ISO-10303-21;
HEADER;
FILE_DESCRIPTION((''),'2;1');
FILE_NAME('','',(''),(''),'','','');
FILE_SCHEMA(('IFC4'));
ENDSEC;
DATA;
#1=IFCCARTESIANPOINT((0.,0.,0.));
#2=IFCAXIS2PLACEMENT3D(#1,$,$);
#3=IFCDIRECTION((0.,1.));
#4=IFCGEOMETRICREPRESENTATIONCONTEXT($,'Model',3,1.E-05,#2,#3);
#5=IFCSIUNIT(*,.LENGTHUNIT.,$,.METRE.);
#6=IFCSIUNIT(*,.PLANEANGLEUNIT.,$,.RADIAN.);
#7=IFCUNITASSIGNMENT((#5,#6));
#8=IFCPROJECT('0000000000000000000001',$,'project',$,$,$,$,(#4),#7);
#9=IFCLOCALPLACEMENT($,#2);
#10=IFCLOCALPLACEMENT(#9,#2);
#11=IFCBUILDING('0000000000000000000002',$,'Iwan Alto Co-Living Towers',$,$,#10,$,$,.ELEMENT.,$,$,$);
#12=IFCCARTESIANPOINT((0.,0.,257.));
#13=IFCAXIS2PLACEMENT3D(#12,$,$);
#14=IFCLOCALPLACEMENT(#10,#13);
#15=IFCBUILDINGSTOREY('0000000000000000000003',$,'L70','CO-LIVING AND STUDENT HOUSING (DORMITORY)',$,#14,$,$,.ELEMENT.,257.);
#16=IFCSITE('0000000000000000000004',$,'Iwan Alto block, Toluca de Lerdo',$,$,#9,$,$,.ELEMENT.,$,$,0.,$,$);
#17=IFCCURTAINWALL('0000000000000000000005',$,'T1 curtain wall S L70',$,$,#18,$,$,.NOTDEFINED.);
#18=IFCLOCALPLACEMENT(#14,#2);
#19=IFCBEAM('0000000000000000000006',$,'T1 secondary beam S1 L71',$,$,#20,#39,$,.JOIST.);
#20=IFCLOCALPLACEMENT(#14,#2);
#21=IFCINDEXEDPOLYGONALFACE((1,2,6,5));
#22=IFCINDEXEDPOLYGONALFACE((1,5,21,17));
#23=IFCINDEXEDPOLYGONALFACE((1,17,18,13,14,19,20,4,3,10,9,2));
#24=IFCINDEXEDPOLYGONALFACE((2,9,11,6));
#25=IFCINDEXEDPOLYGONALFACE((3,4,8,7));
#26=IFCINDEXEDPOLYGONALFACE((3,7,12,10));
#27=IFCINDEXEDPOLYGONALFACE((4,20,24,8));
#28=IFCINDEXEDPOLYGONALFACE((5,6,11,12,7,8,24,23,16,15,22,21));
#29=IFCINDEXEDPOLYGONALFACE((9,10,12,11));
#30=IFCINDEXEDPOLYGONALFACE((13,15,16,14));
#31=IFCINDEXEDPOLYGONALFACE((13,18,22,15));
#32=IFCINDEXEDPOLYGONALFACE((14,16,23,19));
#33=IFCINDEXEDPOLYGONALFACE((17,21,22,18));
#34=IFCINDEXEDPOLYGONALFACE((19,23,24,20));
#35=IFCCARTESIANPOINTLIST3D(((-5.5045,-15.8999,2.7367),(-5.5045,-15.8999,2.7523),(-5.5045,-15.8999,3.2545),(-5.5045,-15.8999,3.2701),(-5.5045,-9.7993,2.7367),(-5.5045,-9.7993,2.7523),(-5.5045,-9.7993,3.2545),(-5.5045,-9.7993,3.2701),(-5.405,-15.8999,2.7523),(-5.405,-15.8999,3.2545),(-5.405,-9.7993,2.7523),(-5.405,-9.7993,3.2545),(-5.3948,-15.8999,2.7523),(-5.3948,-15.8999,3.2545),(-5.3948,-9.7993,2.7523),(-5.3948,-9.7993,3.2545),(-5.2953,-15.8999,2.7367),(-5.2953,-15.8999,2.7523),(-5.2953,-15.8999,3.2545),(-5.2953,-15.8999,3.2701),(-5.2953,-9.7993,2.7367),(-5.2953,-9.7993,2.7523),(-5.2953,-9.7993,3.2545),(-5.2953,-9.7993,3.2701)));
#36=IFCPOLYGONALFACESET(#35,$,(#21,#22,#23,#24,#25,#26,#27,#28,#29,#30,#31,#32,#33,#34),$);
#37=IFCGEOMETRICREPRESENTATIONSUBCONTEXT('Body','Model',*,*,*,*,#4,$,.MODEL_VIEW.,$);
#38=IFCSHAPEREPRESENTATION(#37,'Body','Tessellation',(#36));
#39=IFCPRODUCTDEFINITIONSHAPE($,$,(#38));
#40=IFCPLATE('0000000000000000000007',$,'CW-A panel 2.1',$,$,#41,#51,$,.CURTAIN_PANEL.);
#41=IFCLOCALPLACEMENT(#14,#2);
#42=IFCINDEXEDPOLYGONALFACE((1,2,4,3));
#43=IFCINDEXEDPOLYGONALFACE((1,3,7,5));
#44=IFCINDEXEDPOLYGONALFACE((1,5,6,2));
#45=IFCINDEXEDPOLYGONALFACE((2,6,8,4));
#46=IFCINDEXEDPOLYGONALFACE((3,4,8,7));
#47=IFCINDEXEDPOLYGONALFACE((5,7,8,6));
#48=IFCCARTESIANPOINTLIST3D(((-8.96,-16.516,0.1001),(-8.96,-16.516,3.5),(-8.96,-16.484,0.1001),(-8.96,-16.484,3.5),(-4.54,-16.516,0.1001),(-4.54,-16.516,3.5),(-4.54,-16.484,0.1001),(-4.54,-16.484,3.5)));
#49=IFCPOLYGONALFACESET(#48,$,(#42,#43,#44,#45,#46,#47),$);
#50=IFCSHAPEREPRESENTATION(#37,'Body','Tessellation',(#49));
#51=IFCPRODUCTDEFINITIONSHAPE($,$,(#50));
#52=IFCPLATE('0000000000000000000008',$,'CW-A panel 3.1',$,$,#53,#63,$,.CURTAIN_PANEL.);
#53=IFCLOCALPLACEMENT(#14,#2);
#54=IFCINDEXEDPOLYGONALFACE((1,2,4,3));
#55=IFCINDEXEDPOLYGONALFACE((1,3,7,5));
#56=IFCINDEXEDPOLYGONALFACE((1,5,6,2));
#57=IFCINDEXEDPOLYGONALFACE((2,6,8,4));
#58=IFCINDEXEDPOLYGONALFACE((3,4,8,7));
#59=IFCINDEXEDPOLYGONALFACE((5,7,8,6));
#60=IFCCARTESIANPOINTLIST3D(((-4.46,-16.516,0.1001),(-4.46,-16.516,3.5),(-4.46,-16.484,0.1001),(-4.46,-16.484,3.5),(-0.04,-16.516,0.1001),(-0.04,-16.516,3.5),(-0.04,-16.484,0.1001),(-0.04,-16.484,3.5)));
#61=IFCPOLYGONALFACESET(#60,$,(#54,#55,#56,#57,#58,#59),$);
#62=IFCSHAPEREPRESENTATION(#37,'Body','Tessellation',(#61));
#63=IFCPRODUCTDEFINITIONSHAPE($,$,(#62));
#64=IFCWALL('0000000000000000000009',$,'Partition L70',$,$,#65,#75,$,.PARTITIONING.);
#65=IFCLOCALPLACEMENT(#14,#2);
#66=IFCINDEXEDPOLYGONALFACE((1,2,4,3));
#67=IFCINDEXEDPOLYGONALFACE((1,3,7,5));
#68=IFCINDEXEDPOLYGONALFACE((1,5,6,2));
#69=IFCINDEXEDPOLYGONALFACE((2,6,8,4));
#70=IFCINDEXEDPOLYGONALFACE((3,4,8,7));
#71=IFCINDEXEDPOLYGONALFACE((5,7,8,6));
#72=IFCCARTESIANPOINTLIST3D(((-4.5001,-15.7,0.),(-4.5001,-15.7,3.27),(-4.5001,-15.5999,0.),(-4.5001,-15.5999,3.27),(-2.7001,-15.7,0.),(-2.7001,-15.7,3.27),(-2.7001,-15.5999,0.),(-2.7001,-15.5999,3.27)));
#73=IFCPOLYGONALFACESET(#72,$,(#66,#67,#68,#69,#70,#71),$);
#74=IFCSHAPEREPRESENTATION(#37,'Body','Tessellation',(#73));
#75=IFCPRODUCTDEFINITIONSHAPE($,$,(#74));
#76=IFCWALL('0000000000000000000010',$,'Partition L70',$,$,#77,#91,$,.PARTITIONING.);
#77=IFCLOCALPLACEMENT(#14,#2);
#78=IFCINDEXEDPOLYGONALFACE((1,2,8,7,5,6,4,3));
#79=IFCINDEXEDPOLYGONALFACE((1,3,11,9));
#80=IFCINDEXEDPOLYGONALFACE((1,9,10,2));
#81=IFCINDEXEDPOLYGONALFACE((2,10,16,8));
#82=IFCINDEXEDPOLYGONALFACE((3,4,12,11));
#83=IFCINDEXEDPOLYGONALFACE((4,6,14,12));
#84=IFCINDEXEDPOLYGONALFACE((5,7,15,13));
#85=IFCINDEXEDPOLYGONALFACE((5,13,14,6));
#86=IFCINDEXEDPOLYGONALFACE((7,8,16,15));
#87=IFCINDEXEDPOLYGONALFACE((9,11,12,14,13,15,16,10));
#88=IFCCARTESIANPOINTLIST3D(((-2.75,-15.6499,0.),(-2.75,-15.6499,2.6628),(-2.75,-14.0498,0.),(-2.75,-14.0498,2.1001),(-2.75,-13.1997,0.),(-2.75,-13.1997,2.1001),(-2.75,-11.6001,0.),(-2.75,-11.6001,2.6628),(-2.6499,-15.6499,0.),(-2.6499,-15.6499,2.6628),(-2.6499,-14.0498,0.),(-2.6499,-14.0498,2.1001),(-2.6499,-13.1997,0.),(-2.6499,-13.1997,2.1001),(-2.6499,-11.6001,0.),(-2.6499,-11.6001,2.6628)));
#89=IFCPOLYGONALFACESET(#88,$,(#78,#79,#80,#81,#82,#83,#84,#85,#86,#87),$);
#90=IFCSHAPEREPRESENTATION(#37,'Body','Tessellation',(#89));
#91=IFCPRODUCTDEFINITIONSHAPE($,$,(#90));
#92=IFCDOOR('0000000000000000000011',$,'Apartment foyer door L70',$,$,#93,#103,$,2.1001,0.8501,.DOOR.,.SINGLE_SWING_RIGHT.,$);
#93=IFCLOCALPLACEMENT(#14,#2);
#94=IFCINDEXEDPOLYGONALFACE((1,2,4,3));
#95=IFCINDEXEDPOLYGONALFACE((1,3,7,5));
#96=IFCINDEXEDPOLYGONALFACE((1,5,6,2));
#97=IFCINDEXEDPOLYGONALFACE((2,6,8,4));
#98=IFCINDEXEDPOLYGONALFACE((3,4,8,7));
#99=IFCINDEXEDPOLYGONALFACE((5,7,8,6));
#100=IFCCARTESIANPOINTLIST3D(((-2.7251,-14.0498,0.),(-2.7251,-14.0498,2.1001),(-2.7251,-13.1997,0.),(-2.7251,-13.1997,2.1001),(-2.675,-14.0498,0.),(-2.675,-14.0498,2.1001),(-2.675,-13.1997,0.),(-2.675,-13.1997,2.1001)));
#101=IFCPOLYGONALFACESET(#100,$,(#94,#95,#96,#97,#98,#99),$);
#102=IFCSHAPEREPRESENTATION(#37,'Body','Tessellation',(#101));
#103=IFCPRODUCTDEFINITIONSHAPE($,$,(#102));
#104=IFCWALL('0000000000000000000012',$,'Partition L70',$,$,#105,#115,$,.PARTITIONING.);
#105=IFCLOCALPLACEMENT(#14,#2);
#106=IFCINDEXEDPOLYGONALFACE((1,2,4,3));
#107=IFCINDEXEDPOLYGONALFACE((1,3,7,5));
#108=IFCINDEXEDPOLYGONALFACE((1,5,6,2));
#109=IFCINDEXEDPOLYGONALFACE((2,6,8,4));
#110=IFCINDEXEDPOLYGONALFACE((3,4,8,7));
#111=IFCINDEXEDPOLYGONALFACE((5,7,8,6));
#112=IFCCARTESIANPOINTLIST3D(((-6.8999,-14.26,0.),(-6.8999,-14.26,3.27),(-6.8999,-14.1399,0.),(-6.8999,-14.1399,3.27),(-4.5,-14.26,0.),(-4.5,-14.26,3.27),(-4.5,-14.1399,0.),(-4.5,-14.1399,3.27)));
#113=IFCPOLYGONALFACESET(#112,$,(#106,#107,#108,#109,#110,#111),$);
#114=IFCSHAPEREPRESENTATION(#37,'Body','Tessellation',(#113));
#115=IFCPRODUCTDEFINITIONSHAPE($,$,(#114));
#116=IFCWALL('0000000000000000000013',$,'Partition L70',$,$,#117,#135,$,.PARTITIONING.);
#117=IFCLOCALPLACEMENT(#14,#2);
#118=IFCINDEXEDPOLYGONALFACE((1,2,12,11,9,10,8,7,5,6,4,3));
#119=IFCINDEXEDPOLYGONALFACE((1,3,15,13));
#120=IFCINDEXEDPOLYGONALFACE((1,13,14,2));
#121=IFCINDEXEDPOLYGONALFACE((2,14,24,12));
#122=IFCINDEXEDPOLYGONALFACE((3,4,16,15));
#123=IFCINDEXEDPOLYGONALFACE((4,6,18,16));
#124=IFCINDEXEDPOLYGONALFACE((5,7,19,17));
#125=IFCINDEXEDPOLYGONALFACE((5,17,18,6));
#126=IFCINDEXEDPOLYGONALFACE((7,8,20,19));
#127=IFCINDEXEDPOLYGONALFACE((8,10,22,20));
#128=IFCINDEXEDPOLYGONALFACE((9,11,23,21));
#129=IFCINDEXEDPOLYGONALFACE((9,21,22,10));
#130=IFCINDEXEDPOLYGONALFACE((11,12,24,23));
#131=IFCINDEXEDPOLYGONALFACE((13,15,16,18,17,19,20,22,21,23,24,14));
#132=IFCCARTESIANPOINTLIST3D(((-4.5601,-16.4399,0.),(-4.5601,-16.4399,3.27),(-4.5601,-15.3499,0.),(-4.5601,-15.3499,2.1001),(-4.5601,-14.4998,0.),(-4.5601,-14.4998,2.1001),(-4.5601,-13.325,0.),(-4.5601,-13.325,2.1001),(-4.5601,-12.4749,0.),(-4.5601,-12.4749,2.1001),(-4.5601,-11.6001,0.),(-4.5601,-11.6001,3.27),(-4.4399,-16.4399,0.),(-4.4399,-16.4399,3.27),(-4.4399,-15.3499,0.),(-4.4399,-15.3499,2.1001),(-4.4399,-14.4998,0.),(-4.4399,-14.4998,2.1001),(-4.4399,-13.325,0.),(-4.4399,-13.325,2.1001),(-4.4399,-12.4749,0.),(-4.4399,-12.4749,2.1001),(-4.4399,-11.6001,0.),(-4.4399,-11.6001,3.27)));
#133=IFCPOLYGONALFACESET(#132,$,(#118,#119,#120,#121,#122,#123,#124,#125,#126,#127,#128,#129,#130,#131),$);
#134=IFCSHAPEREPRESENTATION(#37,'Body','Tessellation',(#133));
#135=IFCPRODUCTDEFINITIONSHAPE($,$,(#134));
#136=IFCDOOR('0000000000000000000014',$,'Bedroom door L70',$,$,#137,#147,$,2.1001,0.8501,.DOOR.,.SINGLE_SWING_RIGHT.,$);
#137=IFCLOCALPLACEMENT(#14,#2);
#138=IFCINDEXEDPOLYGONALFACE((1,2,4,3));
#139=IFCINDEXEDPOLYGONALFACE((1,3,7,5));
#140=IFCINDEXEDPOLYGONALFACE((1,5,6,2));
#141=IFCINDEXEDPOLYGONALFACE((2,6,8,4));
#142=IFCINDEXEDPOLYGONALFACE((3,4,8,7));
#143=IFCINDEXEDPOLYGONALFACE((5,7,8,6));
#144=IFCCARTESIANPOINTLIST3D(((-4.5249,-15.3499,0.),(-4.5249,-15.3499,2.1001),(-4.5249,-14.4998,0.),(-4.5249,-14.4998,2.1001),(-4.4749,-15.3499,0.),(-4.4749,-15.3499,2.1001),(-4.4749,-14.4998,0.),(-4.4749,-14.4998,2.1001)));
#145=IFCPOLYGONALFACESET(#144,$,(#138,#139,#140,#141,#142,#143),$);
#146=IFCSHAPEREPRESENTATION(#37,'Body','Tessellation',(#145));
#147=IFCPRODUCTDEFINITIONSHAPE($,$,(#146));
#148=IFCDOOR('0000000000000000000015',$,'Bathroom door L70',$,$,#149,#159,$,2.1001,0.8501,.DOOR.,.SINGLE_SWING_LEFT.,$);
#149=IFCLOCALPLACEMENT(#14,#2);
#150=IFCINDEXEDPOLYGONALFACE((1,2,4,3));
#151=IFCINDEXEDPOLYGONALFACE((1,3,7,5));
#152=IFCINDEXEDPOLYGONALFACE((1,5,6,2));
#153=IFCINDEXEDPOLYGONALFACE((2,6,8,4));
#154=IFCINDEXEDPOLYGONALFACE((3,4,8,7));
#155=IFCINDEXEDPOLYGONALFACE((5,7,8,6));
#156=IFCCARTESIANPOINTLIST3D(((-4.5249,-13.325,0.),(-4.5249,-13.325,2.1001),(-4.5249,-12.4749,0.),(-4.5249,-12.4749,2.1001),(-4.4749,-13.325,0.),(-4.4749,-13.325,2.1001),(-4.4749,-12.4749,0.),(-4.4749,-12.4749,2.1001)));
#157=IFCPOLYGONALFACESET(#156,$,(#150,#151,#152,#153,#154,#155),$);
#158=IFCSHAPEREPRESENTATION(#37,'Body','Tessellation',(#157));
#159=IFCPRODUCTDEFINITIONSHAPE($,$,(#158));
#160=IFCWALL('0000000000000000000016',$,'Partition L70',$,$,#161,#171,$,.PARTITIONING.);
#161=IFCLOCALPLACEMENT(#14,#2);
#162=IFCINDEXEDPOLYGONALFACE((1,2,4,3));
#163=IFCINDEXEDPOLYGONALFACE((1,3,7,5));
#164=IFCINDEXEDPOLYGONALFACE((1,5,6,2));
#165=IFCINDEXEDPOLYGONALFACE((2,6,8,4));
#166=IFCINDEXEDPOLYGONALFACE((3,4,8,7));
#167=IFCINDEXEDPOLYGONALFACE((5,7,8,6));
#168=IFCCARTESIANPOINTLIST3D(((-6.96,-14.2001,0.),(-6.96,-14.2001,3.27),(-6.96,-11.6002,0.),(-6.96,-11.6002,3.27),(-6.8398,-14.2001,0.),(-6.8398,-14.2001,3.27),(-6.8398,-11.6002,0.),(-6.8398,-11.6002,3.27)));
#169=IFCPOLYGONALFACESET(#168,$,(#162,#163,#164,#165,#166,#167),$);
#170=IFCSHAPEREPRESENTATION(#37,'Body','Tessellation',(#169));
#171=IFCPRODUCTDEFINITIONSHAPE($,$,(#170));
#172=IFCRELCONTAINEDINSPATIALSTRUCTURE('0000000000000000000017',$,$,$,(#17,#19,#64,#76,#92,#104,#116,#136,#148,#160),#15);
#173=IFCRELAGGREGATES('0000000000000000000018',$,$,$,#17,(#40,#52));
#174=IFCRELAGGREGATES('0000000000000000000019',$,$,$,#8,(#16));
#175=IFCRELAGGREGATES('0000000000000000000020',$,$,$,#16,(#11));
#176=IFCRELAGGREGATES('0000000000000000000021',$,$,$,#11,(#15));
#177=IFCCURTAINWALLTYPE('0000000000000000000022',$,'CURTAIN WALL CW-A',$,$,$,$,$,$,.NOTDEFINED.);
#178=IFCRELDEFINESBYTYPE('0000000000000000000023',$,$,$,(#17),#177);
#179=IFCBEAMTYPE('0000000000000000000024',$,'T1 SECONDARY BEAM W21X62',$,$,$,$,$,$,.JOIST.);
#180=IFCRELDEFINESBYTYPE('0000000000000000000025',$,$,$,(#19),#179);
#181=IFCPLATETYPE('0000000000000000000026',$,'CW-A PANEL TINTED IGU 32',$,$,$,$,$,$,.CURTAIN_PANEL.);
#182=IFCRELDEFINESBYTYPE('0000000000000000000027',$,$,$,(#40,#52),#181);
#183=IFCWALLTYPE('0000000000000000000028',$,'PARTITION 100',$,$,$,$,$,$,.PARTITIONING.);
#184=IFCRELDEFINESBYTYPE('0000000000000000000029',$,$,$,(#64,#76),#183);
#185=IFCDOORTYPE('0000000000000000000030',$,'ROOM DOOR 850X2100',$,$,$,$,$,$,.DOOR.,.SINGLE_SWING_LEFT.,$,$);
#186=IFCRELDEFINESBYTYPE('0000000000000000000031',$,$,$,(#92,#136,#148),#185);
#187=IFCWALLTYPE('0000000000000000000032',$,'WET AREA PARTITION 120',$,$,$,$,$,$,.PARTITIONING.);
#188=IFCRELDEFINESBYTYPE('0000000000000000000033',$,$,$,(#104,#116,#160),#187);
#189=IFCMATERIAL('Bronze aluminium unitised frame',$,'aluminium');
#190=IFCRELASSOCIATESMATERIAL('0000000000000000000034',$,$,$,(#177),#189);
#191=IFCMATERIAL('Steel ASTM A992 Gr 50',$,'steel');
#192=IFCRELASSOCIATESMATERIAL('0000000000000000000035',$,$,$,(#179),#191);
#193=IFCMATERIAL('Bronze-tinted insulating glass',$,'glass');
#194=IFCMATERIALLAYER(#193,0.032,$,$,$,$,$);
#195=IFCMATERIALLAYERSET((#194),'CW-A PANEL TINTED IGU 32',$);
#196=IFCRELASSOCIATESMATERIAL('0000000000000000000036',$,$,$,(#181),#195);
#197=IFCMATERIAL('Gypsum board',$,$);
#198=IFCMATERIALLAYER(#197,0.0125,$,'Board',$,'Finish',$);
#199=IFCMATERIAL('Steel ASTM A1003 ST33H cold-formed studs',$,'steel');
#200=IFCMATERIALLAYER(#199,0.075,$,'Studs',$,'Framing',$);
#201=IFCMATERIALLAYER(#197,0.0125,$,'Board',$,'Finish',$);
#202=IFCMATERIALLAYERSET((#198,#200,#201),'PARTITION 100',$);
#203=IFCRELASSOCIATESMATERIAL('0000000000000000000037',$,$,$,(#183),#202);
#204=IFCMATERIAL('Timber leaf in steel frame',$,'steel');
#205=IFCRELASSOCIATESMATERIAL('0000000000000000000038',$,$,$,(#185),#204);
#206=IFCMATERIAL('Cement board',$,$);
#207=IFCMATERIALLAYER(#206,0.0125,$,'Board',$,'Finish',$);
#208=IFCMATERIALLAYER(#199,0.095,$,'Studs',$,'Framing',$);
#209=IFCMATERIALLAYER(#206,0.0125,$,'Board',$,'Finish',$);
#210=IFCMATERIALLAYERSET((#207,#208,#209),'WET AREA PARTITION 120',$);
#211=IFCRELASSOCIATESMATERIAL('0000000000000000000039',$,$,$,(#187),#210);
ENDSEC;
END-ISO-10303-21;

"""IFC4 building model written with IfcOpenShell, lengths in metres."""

from ifc_helpers import new_model, si_unit, direction, frame, frame_2d, origin, origin_2d, place, context, subcontext, project, spatial, rectangle, i_section, extrude, material, layer, layer_set, material_profile, profile_set, type_object, element, fill, aggregate, save


model = new_model("IFC4")

# Units and contexts
model_context = context("Model", 3, precision=1e-05, world=origin(), true_north=direction((0.0, 1.0)))
body_context = subcontext(model_context, "Body", "Model", "MODEL_VIEW")
ifc_project = project(units=[si_unit("LENGTHUNIT", "METRE"), si_unit("PLANEANGLEUNIT", "RADIAN")], contexts=[model_context])

# Site, building, storey
site_placement = place(None, origin())
site = spatial("IfcSite", under=ifc_project, at=site_placement, Name="Iwan Alto block, Toluca de Lerdo", CompositionType="ELEMENT", RefElevation=0.0)
building_placement = place(site_placement, origin())
building = spatial("IfcBuilding", under=site, at=building_placement, Name="Iwan Alto Co-Living Towers", CompositionType="ELEMENT")
storey_placement = place(building_placement, frame((0.0, 0.0, 257.0)))
storey = spatial("IfcBuildingStorey", under=building, at=storey_placement, Name="L70", Description="CO-LIVING AND STUDENT HOUSING (DORMITORY)", CompositionType="ELEMENT", Elevation=257.0)

# Curtain wall
ifc_material_1 = material(Name="Bronze aluminium unitised frame", Category="aluminium")
curtain_wall_type = type_object("IfcCurtainWallType", Name="CURTAIN WALL CW-A", PredefinedType="NOTDEFINED", material=ifc_material_1)
curtain_wall_placement = place(storey_placement, origin())
curtain_wall = element("IfcCurtainWall", 1, at=curtain_wall_placement, inside=storey, type_object=curtain_wall_type, Name="T1 curtain wall S L70", PredefinedType="NOTDEFINED")

# Beam
ifc_material_2 = material(Name="Steel ASTM A992 Gr 50", Category="steel")
ifc_material_profile_1 = material_profile(ifc_material_2, i_section(OverallWidth=0.2092, OverallDepth=0.5334, WebThickness=0.0103, FlangeThickness=0.0156, at=origin_2d()), Name="W21X62")
ifc_profile_set_1 = profile_set([ifc_material_profile_1], Name="Steel ASTM A992 Gr 50")
beam_type_1 = type_object("IfcBeamType", Name="T1 SECONDARY BEAM W21X62", PredefinedType="JOIST", material=ifc_profile_set_1)
beam_1_placement = place(storey_placement, frame((-5.3999, -15.8999, 3.0034), z_axis=(0.0, 1.0, 0.0), x_axis=(-1.0, 0.0, 0.0)))
element("IfcBeam", 2, at=beam_1_placement, inside=storey, type_object=beam_type_1, Name="T1 secondary beam S1 L71", PredefinedType="JOIST", context=body_context, shape_type="SweptSolid", body=[
    extrude(i_section(OverallWidth=0.2092, OverallDepth=0.5334, WebThickness=0.0103, FlangeThickness=0.0156, at=origin_2d()), origin(), (0.0, 0.0, 1.0), 6.1006),
])

# Plates
ifc_material_3 = material(Name="Bronze-tinted insulating glass", Category="glass")
ifc_layer_1 = layer(ifc_material_3, 0.032)
ifc_layer_set_1 = layer_set([ifc_layer_1], Name="CW-A PANEL TINTED IGU 32")
plate_type = type_object("IfcPlateType", Name="CW-A PANEL TINTED IGU 32", PredefinedType="CURTAIN_PANEL", material=ifc_layer_set_1)
plate_1_placement = place(storey_placement, frame((-6.75, -16.5, 0.1001), z_axis=(0.0, 0.0, 1.0), x_axis=(1.0, 0.0, 0.0)))
plate_1 = element("IfcPlate", 3, at=plate_1_placement, type_object=plate_type, Name="CW-A panel 2.1", PredefinedType="CURTAIN_PANEL", context=body_context, shape_type="SweptSolid", body=[
    extrude(rectangle(XDim=4.4199, YDim=0.032, at=origin_2d()), origin(), (0.0, 0.0, 1.0), 3.3999),
])
plate_2_placement = place(storey_placement, frame((-2.25, -16.5, 0.1001), z_axis=(0.0, 0.0, 1.0), x_axis=(1.0, 0.0, 0.0)))
plate_2 = element("IfcPlate", 4, at=plate_2_placement, type_object=plate_type, Name="CW-A panel 3.1", PredefinedType="CURTAIN_PANEL", context=body_context, shape_type="SweptSolid", body=[
    extrude(rectangle(XDim=4.4199, YDim=0.032, at=origin_2d()), origin(), (0.0, 0.0, 1.0), 3.3999),
])
aggregate(curtain_wall, [plate_1, plate_2])

# Wall
ifc_material_4 = material(Name="Gypsum board")
ifc_layer_2 = layer(ifc_material_4, 0.0125, Name="Board", Category="Finish")
ifc_material_5 = material(Name="Steel ASTM A1003 ST33H cold-formed studs", Category="steel")
ifc_layer_3 = layer(ifc_material_5, 0.075, Name="Studs", Category="Framing")
ifc_layer_4 = layer(ifc_material_4, 0.0125, Name="Board", Category="Finish")
ifc_layer_set_2 = layer_set([ifc_layer_2, ifc_layer_3, ifc_layer_4], Name="PARTITION 100")
wall_type_1 = type_object("IfcWallType", Name="PARTITION 100", PredefinedType="PARTITIONING", material=ifc_layer_set_2)
wall_1_placement = place(storey_placement, frame((-4.5, -15.6499, 0.0), z_axis=(0.0, 0.0, 1.0), x_axis=(1.0, 0.0, 0.0)))
element("IfcWall", 5, at=wall_1_placement, inside=storey, type_object=wall_type_1, Name="Partition L70", PredefinedType="PARTITIONING", context=body_context, shape_type="SweptSolid", body=[
    extrude(rectangle(XDim=1.8, YDim=0.1001, at=frame_2d((0.8999, 0.0))), origin(), (0.0, 0.0, 1.0), 3.27),
])

# Wall, opening, door
wall_2_placement = place(storey_placement, frame((-2.7, -15.6499, 0.0), z_axis=(0.0, 0.0, 1.0), x_axis=(0.0, 1.0, 0.0)))
wall_2 = element("IfcWall", 6, at=wall_2_placement, inside=storey, type_object=wall_type_1, Name="Partition L70", PredefinedType="PARTITIONING", context=body_context, shape_type="SweptSolid", body=[
    extrude(rectangle(XDim=4.0498, YDim=0.1001, at=frame_2d((2.0249, 0.0))), origin(), (0.0, 0.0, 1.0), 2.6628),
])
opening_1_placement = place(wall_2_placement, frame((1.6001, 0.0, 0.0)))
opening_1 = element("IfcOpeningElement", 7, at=opening_1_placement, cuts=wall_2, PredefinedType="OPENING", context=body_context, shape_type="SweptSolid", body=[
    extrude(rectangle(XDim=0.8501, YDim=2.1001, at=frame_2d((0.425, 1.05))), frame((0.0, 0.0601, 0.0), z_axis=(0.0, -1.0, 0.0), x_axis=(1.0, 0.0, 0.0)), (0.0, 0.0, 1.0), 0.1201),
])
ifc_material_6 = material(Name="Timber leaf in steel frame", Category="steel")
door_type = type_object("IfcDoorType", Name="ROOM DOOR 850X2100", OperationType="SINGLE_SWING_LEFT", PredefinedType="DOOR", material=ifc_material_6)
door_1_placement = place(opening_1_placement, frame((0.8501, 0.0, 0.0), z_axis=(0.0, 0.0, 1.0), x_axis=(-1.0, 0.0, 0.0)))
door_1 = element("IfcDoor", 8, at=door_1_placement, inside=storey, type_object=door_type, Name="Apartment foyer door L70", OperationType="SINGLE_SWING_RIGHT", OverallHeight=2.1001, OverallWidth=0.8501, PredefinedType="DOOR", context=body_context, shape_type="SweptSolid", body=[
    extrude(rectangle(XDim=0.8501, YDim=2.1001, at=frame_2d((0.425, 1.05))), frame((0.0, 0.0249, 0.0), z_axis=(0.0, -1.0, 0.0), x_axis=(1.0, 0.0, 0.0)), (0.0, 0.0, 1.0), 0.05),
])
fill(opening_1, door_1)

# Wall
ifc_material_7 = material(Name="Cement board")
ifc_layer_5 = layer(ifc_material_7, 0.0125, Name="Board", Category="Finish")
ifc_layer_6 = layer(ifc_material_5, 0.095, Name="Studs", Category="Framing")
ifc_layer_7 = layer(ifc_material_7, 0.0125, Name="Board", Category="Finish")
ifc_layer_set_3 = layer_set([ifc_layer_5, ifc_layer_6, ifc_layer_7], Name="WET AREA PARTITION 120")
wall_type_2 = type_object("IfcWallType", Name="WET AREA PARTITION 120", PredefinedType="PARTITIONING", material=ifc_layer_set_3)
wall_3_placement = place(storey_placement, frame((-6.8999, -14.2, 0.0), z_axis=(0.0, 0.0, 1.0), x_axis=(1.0, 0.0, 0.0)))
element("IfcWall", 9, at=wall_3_placement, inside=storey, type_object=wall_type_2, Name="Partition L70", PredefinedType="PARTITIONING", context=body_context, shape_type="SweptSolid", body=[
    extrude(rectangle(XDim=2.3999, YDim=0.1201, at=frame_2d((1.2, 0.0))), origin(), (0.0, 0.0, 1.0), 3.27),
])

# Wall, openings, doors
wall_4_placement = place(storey_placement, frame((-4.5, -16.4399, 0.0), z_axis=(0.0, 0.0, 1.0), x_axis=(0.0, 1.0, 0.0)))
wall_4 = element("IfcWall", 10, at=wall_4_placement, inside=storey, type_object=wall_type_2, Name="Partition L70", PredefinedType="PARTITIONING", context=body_context, shape_type="SweptSolid", body=[
    extrude(rectangle(XDim=4.8398, YDim=0.1201, at=frame_2d((2.4199, 0.0))), origin(), (0.0, 0.0, 1.0), 3.27),
])
opening_2_placement = place(wall_4_placement, frame((1.0901, 0.0, 0.0)))
opening_2 = element("IfcOpeningElement", 11, at=opening_2_placement, cuts=wall_4, PredefinedType="OPENING", context=body_context, shape_type="SweptSolid", body=[
    extrude(rectangle(XDim=0.8501, YDim=2.1001, at=frame_2d((0.425, 1.05))), frame((0.0, 0.0701, 0.0), z_axis=(0.0, -1.0, 0.0), x_axis=(1.0, 0.0, 0.0)), (0.0, 0.0, 1.0), 0.1401),
])
opening_3_placement = place(wall_4_placement, frame((3.115, 0.0, 0.0)))
opening_3 = element("IfcOpeningElement", 12, at=opening_3_placement, cuts=wall_4, PredefinedType="OPENING", context=body_context, shape_type="SweptSolid", body=[
    extrude(rectangle(XDim=0.8501, YDim=2.1001, at=frame_2d((0.425, 1.05))), frame((0.0, 0.0701, 0.0), z_axis=(0.0, -1.0, 0.0), x_axis=(1.0, 0.0, 0.0)), (0.0, 0.0, 1.0), 0.1401),
])
door_2_placement = place(opening_2_placement, origin())
door_2 = element("IfcDoor", 13, at=door_2_placement, inside=storey, type_object=door_type, Name="Bedroom door L70", OperationType="SINGLE_SWING_RIGHT", OverallHeight=2.1001, OverallWidth=0.8501, PredefinedType="DOOR", context=body_context, shape_type="SweptSolid", body=[
    extrude(rectangle(XDim=0.8501, YDim=2.1001, at=frame_2d((0.425, 1.05))), frame((0.0, 0.0249, 0.0), z_axis=(0.0, -1.0, 0.0), x_axis=(1.0, 0.0, 0.0)), (0.0, 0.0, 1.0), 0.05),
])
fill(opening_2, door_2)
door_3_placement = place(opening_3_placement, origin())
door_3 = element("IfcDoor", 14, at=door_3_placement, inside=storey, type_object=door_type, Name="Bathroom door L70", OperationType="SINGLE_SWING_LEFT", OverallHeight=2.1001, OverallWidth=0.8501, PredefinedType="DOOR", context=body_context, shape_type="SweptSolid", body=[
    extrude(rectangle(XDim=0.8501, YDim=2.1001, at=frame_2d((0.425, 1.05))), frame((0.0, 0.0249, 0.0), z_axis=(0.0, -1.0, 0.0), x_axis=(1.0, 0.0, 0.0)), (0.0, 0.0, 1.0), 0.05),
])
fill(opening_3, door_3)

# Wall
wall_5_placement = place(storey_placement, frame((-6.8999, -14.2, 0.0), z_axis=(0.0, 0.0, 1.0), x_axis=(0.0, 1.0, 0.0)))
element("IfcWall", 15, at=wall_5_placement, inside=storey, type_object=wall_type_2, Name="Partition L70", PredefinedType="PARTITIONING", context=body_context, shape_type="SweptSolid", body=[
    extrude(rectangle(XDim=2.5999, YDim=0.1201, at=frame_2d((1.2998, 0.0))), origin(), (0.0, 0.0, 1.0), 3.27),
])

save(model, "model.ifc")
